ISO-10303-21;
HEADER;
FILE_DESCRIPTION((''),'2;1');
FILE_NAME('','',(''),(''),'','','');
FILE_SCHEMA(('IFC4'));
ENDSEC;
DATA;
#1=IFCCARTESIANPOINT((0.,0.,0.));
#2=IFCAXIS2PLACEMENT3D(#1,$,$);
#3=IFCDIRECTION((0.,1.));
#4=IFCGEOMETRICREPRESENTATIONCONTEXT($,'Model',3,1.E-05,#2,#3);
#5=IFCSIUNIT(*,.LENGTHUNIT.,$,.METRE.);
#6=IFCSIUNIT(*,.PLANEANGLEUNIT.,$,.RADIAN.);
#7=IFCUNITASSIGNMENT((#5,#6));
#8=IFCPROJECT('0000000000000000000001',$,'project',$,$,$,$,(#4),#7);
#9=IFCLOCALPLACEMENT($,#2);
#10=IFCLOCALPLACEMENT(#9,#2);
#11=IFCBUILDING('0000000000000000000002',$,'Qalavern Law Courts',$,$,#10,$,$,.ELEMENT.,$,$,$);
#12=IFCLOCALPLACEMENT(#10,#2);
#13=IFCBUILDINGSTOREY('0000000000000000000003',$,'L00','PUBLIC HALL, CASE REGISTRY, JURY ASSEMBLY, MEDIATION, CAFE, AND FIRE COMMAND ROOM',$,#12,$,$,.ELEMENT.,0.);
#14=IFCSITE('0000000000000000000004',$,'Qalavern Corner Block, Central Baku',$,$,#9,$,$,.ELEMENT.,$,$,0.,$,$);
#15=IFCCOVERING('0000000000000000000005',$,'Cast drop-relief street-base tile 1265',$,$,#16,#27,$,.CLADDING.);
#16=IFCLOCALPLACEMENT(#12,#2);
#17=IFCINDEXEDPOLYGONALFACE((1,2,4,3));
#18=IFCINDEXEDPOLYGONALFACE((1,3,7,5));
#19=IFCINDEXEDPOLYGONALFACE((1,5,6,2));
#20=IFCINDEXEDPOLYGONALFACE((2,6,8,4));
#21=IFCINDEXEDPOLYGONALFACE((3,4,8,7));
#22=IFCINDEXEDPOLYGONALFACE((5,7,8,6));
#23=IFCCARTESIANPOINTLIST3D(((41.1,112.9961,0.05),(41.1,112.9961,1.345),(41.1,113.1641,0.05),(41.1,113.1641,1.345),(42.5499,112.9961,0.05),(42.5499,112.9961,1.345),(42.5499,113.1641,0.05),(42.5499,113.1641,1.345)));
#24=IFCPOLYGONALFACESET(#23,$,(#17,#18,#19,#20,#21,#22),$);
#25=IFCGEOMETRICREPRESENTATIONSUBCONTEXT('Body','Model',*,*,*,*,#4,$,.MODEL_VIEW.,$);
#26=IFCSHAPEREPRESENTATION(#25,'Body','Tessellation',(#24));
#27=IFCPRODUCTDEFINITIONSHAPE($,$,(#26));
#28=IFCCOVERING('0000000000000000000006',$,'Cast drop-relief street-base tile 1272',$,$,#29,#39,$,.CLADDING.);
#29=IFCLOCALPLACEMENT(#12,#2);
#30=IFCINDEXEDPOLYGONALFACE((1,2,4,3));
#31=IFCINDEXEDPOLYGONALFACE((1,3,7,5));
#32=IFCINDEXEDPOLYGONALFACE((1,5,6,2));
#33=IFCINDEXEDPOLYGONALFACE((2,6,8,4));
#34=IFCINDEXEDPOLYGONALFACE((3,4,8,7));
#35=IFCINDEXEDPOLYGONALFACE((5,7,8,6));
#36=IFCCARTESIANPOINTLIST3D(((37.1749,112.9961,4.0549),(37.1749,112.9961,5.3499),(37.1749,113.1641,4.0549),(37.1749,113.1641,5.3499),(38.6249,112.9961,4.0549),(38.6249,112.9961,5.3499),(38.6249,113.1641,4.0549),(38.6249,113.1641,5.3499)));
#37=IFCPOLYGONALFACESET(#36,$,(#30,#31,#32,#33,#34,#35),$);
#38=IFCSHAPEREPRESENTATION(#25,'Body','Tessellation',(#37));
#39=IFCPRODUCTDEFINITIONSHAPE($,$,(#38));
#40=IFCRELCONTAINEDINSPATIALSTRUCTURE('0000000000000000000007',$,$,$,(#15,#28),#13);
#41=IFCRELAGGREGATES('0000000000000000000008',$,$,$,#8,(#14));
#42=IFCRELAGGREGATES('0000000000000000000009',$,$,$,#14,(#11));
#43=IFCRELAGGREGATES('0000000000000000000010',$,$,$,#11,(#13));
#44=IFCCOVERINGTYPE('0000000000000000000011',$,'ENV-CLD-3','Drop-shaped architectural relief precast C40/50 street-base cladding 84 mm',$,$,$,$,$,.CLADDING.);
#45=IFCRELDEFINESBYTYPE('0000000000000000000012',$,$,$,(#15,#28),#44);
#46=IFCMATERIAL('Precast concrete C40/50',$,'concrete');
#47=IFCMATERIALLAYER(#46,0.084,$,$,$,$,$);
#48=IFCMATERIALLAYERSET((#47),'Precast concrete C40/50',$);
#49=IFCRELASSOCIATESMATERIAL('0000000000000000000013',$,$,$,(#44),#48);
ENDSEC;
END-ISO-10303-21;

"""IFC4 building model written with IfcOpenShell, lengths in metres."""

from ifc_helpers import new_model, si_unit, direction, frame, origin, origin_2d, place, context, subcontext, project, spatial, rectangle, extrude, material, layer, layer_set, type_object, element, save


model = new_model("IFC4")

# Units and contexts
model_context = context("Model", 3, precision=1e-05, world=origin(), true_north=direction((0.0, 1.0)))
body_context = subcontext(model_context, "Body", "Model", "MODEL_VIEW")
ifc_project = project(units=[si_unit("LENGTHUNIT", "METRE"), si_unit("PLANEANGLEUNIT", "RADIAN")], contexts=[model_context])

# Site, building, storey
site_placement = place(None, origin())
site = spatial("IfcSite", under=ifc_project, at=site_placement, Name="Qalavern Corner Block, Central Baku", CompositionType="ELEMENT", RefElevation=0.0)
building_placement = place(site_placement, origin())
building = spatial("IfcBuilding", under=site, at=building_placement, Name="Qalavern Law Courts", CompositionType="ELEMENT")
storey_placement = place(building_placement, origin())
storey = spatial("IfcBuildingStorey", under=building, at=storey_placement, Name="L00", Description="PUBLIC HALL, CASE REGISTRY, JURY ASSEMBLY, MEDIATION, CAFE, AND FIRE COMMAND ROOM", CompositionType="ELEMENT", Elevation=0.0)

# Coverings
ifc_material = material(Name="Precast concrete C40/50", Category="concrete")
ifc_layer_1 = layer(ifc_material, 0.084)
ifc_layer_set_1 = layer_set([ifc_layer_1], Name="Precast concrete C40/50")
covering_type_1 = type_object("IfcCoveringType", Name="ENV-CLD-3", Description="Drop-shaped architectural relief precast C40/50 street-base cladding 84 mm", PredefinedType="CLADDING", material=ifc_layer_set_1)
for number, where, z_axis, x_axis, name in (
    (1, (41.825, 113.0801, 0.05), (0.0, 0.0, 1.0), (-1.0, 0.0, 0.0), "Cast drop-relief street-base tile 1265"),
    (2, (37.8999, 113.0801, 4.0549), (0.0, 0.0, 1.0), (-1.0, 0.0, 0.0), "Cast drop-relief street-base tile 1272"),
):
    element("IfcCovering", number, at=place(storey_placement, frame(where, z_axis=z_axis, x_axis=x_axis)), inside=storey, type_object=covering_type_1, Name=name, PredefinedType="CLADDING", context=body_context, shape_type="SweptSolid", body=[
        extrude(rectangle(XDim=1.45, YDim=0.168, at=origin_2d()), origin(), (0.0, 0.0, 1.0), 1.2949),
    ])

save(model, "model.ifc")
